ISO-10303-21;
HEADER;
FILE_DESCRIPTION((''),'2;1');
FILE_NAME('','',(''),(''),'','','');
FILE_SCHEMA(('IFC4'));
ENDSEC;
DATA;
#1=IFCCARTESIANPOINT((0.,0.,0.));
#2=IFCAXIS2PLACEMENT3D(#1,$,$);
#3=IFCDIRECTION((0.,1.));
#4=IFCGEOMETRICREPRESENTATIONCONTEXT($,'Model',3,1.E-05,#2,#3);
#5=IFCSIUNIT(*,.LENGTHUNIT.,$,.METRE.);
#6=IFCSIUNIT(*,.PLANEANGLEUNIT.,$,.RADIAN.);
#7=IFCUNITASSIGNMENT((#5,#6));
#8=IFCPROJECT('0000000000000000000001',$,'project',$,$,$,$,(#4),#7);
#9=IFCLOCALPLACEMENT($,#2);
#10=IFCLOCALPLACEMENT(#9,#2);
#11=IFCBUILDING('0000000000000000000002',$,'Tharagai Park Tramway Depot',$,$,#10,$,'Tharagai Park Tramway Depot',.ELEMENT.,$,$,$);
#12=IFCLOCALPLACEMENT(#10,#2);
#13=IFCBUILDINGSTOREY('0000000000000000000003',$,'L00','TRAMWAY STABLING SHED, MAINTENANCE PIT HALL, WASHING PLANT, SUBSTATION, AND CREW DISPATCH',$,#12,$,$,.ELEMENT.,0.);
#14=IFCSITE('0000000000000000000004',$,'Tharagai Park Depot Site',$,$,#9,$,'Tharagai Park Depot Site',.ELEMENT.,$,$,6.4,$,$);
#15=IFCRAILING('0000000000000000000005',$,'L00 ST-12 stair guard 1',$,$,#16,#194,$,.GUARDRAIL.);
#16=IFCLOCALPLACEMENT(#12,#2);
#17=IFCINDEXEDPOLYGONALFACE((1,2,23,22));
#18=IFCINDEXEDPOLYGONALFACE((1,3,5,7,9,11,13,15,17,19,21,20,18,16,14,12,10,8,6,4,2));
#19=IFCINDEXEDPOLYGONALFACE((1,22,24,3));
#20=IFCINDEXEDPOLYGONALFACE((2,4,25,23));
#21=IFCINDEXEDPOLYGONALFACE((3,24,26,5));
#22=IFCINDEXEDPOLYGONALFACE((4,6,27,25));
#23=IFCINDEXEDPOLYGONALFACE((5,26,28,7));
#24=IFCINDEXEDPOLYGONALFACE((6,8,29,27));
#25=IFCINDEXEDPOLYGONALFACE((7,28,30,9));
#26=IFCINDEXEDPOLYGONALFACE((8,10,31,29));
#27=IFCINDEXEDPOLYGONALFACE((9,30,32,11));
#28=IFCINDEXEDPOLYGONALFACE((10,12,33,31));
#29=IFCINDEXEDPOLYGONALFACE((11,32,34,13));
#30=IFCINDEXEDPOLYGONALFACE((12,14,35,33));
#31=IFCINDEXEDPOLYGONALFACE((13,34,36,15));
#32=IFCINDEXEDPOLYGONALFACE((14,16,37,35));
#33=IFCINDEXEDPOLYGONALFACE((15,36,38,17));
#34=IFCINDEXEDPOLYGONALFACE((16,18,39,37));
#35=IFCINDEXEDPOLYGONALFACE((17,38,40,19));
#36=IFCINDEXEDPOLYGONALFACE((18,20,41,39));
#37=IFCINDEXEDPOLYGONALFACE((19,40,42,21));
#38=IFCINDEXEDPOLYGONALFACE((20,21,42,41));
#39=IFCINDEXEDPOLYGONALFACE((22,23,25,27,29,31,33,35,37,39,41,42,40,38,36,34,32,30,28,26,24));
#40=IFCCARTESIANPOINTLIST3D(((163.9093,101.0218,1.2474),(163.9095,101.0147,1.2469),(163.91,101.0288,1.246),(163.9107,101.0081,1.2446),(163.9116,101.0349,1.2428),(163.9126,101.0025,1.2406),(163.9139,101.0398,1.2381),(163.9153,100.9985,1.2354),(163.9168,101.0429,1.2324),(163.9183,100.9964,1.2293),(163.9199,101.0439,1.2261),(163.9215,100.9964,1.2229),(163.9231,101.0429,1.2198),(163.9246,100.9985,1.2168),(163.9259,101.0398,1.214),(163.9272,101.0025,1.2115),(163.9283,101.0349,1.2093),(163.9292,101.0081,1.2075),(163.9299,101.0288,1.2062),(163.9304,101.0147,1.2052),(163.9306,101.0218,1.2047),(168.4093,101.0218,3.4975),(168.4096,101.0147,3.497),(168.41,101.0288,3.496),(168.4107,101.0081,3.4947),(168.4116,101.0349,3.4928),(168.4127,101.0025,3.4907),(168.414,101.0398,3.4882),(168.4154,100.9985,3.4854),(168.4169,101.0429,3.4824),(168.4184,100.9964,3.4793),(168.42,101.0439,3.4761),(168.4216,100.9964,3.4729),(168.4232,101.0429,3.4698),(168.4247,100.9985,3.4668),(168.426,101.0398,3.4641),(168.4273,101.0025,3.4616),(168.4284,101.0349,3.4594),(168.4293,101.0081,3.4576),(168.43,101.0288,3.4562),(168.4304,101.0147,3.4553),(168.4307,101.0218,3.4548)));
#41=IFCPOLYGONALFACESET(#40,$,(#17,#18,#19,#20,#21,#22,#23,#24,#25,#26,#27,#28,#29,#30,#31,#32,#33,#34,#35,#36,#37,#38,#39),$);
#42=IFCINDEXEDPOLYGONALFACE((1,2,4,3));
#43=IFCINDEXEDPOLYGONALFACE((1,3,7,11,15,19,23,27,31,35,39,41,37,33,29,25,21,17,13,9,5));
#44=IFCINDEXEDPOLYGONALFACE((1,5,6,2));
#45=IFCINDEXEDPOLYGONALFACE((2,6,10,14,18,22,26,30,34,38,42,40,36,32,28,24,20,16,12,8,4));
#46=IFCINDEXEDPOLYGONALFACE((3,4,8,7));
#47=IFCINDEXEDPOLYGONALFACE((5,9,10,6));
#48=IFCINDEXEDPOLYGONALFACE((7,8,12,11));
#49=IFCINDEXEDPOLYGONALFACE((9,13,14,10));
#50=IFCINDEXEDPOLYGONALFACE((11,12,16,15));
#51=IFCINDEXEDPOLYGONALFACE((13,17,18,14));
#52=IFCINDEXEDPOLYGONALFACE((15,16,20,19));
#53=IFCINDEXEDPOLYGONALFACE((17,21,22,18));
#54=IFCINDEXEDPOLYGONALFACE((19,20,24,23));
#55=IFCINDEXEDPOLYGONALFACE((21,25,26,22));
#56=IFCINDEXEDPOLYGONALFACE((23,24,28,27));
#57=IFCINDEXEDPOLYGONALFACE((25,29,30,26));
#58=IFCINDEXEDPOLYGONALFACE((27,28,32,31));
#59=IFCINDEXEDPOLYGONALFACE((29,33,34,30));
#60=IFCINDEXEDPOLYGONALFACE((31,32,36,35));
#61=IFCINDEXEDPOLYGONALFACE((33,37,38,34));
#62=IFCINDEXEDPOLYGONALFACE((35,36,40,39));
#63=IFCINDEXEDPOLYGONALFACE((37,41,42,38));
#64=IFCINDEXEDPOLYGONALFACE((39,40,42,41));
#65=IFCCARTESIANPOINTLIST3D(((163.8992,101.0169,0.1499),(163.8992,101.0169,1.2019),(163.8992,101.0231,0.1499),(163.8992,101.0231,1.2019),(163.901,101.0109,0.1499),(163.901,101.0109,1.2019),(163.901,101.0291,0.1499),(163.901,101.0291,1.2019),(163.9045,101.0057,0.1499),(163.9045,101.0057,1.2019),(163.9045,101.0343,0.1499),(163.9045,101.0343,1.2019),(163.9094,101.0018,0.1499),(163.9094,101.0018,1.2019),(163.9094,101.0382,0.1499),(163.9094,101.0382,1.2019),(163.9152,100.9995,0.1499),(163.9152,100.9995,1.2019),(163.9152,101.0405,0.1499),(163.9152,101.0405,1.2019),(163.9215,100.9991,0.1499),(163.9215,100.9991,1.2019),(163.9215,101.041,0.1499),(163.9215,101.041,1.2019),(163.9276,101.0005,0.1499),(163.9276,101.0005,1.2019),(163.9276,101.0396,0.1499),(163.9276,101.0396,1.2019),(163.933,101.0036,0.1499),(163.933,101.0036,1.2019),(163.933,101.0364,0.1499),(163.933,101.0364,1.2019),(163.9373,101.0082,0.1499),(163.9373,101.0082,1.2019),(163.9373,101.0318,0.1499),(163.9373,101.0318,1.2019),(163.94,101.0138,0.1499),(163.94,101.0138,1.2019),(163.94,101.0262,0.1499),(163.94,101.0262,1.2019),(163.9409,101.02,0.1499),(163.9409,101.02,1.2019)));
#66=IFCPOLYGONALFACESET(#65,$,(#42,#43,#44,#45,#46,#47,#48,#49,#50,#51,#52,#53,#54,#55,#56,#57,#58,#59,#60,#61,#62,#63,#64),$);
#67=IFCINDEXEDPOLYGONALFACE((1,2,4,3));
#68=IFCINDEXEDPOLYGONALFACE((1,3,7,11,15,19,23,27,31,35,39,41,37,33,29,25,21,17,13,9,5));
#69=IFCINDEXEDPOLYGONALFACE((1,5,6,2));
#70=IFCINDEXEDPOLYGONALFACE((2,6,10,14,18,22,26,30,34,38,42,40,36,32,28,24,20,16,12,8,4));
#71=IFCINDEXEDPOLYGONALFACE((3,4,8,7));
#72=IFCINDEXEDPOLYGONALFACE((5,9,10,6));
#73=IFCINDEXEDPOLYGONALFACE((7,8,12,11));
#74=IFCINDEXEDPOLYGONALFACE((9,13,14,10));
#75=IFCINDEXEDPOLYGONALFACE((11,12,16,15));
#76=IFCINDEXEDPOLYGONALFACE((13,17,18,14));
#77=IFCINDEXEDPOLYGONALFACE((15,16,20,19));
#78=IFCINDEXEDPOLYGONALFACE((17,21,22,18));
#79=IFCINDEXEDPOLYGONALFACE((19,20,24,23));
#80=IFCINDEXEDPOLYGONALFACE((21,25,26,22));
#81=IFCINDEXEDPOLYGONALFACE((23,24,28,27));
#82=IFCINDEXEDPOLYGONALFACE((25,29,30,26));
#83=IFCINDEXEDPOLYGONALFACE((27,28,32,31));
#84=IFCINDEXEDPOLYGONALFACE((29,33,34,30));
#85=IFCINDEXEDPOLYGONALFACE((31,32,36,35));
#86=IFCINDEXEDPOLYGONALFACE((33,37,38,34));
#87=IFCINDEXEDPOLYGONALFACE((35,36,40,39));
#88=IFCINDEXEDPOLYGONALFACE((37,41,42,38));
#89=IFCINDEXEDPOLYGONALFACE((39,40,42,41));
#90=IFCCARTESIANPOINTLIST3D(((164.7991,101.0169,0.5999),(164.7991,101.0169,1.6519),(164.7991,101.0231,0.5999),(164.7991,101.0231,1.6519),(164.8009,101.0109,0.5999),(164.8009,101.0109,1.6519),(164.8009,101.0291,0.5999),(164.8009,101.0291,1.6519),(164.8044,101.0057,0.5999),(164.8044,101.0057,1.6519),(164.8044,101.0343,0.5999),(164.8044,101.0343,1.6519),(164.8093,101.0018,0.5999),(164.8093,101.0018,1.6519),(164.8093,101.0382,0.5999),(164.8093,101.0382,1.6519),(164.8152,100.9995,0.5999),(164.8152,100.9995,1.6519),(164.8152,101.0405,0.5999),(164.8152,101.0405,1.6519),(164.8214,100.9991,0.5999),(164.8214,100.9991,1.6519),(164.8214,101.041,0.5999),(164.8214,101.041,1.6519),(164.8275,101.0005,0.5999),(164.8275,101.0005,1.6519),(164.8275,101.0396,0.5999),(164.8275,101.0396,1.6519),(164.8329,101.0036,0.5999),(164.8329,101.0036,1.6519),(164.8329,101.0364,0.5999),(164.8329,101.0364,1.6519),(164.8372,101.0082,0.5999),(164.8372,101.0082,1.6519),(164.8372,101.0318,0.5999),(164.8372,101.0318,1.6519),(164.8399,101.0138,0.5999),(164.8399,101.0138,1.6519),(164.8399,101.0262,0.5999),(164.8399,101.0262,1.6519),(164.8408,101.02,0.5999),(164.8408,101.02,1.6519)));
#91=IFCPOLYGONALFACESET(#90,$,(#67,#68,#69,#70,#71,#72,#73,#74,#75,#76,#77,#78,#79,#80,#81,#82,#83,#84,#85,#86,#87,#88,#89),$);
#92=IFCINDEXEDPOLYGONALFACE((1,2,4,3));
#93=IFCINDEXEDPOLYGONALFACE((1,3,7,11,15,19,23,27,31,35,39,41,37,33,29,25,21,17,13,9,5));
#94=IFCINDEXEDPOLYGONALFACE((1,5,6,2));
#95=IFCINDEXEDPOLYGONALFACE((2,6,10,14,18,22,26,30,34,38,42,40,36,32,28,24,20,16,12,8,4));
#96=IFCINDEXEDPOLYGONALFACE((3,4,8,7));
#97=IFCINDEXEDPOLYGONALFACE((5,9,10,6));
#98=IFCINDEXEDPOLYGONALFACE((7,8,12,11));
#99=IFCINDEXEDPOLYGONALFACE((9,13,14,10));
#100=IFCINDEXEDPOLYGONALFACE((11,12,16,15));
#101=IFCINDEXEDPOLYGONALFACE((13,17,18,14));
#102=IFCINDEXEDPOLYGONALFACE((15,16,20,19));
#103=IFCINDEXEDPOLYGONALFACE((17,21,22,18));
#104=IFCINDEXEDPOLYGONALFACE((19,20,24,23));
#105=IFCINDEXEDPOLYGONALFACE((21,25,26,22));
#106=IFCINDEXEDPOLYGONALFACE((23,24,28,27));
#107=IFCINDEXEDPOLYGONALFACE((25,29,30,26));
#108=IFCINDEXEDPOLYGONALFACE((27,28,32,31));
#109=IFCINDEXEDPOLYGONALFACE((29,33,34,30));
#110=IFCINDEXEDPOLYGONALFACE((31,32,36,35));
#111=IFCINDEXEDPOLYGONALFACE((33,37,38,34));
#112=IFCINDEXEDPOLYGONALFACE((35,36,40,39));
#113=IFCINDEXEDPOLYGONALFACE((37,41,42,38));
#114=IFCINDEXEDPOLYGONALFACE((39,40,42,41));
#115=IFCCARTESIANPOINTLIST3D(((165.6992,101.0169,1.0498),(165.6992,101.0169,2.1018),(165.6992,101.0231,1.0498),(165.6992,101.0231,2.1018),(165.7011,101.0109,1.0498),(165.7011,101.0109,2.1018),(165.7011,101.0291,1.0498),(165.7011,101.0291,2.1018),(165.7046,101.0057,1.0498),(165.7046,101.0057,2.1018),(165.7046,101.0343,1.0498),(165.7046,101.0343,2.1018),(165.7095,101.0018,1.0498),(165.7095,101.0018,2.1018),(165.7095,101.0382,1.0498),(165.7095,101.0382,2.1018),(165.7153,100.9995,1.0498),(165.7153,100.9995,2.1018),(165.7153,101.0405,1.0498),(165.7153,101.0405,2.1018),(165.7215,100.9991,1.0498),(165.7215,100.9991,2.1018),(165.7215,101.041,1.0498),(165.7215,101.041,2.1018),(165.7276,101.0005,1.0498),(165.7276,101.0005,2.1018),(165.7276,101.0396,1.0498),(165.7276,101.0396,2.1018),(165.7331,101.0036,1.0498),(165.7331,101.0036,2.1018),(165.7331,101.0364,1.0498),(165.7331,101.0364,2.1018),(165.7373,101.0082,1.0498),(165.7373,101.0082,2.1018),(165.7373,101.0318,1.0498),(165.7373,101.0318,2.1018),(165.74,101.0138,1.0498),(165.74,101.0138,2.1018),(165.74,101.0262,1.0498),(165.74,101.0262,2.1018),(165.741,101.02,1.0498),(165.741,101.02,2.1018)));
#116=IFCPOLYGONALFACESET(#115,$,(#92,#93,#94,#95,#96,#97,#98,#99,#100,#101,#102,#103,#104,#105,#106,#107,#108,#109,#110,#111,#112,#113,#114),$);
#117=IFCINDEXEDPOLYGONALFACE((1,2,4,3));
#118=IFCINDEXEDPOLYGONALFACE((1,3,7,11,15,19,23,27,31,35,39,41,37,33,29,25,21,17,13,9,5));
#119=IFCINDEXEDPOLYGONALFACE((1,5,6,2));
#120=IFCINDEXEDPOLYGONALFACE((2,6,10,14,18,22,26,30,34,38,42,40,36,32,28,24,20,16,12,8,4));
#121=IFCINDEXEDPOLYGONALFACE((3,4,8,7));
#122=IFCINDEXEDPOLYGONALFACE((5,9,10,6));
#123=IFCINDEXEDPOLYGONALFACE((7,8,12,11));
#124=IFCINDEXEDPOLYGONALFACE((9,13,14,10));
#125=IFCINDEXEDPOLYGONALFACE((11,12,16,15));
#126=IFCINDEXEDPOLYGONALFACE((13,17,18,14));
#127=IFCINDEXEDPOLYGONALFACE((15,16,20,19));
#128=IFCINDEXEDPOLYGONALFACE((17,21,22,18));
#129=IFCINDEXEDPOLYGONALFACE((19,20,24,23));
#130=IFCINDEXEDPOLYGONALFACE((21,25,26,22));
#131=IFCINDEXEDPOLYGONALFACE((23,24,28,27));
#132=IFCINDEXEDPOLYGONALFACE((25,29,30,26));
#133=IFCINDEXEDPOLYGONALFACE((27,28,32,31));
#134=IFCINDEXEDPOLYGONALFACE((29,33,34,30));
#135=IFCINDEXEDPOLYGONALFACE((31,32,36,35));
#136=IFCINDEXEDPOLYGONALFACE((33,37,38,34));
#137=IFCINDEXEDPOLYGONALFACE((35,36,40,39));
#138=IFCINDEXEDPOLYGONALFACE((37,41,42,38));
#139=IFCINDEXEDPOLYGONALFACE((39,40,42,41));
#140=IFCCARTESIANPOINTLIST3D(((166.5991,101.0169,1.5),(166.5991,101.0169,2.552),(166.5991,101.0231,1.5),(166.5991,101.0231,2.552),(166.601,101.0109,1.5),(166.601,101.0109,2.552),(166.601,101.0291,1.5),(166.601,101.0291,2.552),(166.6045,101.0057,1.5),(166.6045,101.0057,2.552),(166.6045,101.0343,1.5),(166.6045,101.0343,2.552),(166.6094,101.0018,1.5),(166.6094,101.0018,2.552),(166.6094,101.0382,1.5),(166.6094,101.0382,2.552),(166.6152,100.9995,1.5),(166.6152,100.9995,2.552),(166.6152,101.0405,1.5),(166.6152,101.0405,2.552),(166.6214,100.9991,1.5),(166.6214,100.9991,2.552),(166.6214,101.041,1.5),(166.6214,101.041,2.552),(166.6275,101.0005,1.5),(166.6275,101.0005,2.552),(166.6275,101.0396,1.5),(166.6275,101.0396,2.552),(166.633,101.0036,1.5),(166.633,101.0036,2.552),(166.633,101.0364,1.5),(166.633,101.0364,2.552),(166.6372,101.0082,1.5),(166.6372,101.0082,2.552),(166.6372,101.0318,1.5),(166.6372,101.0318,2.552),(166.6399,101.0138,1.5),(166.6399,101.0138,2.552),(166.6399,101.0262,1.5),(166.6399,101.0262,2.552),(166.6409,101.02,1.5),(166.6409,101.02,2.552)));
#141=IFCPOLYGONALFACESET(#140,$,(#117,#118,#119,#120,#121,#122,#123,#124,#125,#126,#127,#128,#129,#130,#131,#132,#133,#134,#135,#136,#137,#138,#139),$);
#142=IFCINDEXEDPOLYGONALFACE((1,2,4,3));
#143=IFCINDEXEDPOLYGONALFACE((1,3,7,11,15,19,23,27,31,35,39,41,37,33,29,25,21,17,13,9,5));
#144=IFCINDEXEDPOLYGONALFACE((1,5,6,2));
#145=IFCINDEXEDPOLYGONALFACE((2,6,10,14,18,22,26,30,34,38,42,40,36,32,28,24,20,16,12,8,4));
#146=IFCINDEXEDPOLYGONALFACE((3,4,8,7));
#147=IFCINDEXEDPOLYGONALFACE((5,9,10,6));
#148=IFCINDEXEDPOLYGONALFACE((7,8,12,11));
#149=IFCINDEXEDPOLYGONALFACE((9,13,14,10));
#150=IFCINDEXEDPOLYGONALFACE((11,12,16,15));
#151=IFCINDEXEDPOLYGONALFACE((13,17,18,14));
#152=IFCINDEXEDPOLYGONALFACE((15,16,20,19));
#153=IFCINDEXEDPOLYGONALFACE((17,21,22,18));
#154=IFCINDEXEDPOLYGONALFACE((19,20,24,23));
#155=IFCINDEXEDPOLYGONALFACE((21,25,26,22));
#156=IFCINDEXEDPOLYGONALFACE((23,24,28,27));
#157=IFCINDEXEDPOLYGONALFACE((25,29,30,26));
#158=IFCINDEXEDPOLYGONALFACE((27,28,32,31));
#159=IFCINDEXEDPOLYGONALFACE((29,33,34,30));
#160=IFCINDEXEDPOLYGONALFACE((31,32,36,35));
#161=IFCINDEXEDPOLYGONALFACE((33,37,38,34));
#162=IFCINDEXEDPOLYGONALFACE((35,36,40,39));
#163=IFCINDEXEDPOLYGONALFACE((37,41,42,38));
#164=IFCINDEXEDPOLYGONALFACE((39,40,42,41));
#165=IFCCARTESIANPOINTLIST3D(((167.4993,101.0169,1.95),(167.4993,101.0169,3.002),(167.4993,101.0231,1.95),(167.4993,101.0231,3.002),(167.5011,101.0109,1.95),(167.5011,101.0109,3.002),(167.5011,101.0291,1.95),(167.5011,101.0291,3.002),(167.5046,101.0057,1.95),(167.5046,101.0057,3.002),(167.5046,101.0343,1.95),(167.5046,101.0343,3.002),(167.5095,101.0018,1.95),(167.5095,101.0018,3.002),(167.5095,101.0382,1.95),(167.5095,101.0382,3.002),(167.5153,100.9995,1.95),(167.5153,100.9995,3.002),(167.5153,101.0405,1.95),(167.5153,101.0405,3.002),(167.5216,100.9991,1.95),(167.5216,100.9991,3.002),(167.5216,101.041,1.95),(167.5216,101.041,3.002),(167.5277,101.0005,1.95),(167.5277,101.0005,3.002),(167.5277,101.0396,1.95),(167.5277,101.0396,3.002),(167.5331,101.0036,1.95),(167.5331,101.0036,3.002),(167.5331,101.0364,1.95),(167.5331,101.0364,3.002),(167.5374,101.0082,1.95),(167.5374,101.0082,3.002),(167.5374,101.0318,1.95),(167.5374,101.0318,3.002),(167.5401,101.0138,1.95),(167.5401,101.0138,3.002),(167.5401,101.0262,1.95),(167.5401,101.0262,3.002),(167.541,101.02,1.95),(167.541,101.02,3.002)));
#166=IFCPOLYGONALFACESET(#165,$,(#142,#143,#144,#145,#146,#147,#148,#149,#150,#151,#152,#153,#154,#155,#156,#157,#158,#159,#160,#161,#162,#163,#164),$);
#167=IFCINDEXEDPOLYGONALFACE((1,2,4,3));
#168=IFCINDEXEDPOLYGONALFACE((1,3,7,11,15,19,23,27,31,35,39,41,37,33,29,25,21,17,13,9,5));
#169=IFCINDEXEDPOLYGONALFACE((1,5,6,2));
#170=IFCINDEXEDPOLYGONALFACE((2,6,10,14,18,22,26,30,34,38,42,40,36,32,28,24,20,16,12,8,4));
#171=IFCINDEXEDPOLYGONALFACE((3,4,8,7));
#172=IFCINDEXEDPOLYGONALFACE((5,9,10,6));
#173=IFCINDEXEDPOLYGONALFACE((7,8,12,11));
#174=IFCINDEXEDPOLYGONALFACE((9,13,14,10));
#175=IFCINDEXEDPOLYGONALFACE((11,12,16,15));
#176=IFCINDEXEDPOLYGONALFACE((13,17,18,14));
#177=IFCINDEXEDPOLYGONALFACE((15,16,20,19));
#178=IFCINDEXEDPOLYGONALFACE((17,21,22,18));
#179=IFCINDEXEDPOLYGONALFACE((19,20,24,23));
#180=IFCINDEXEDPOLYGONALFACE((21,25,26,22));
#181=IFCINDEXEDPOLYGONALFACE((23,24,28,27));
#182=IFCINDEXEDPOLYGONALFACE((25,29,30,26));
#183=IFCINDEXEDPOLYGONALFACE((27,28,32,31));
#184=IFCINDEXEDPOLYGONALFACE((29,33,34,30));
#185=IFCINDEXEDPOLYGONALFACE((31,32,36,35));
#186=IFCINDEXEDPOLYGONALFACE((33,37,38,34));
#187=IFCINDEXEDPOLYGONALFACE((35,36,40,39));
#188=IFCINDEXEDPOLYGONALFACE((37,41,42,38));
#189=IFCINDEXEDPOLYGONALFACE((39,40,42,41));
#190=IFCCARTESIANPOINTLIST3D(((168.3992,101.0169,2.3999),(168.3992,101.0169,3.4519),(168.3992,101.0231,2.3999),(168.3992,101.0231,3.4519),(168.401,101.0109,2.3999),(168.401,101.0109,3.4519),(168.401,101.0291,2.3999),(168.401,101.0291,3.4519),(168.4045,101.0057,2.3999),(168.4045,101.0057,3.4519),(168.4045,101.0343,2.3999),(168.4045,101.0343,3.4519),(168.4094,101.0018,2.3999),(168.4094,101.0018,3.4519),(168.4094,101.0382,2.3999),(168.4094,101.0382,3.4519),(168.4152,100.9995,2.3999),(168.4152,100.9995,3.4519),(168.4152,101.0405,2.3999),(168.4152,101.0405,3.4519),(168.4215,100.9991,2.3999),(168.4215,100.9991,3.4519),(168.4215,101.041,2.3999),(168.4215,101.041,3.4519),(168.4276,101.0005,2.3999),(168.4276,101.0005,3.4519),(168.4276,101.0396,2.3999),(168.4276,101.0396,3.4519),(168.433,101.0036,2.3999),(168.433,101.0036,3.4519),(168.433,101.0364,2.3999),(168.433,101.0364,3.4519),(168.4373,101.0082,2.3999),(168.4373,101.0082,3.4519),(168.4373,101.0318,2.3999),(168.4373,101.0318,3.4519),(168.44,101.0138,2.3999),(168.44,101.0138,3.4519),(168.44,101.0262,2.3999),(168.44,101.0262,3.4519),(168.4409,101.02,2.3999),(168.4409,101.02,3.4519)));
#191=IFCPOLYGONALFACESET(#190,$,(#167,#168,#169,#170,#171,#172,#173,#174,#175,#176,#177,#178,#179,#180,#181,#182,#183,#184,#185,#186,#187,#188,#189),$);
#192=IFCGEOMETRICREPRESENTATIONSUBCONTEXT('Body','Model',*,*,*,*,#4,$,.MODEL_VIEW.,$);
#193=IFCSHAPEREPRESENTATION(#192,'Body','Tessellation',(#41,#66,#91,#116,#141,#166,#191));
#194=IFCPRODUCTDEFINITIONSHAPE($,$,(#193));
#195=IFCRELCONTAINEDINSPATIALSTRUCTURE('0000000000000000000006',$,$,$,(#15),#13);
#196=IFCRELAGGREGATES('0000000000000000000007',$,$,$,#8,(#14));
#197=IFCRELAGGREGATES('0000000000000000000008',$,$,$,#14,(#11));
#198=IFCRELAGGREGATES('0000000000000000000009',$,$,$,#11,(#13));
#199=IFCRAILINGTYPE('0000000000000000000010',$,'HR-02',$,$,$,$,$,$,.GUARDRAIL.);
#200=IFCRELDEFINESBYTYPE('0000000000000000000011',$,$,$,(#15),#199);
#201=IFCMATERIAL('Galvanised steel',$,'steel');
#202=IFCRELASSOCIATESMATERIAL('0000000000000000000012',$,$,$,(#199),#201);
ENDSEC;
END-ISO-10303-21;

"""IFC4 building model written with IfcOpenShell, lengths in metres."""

from ifc_helpers import new_model, si_unit, direction, frame, origin, origin_2d, place, context, subcontext, project, spatial, circle, extrude, material, type_object, element, save


model = new_model("IFC4")

# Units and contexts
model_context = context("Model", 3, precision=1e-05, world=origin(), true_north=direction((0.0, 1.0)))
body_context = subcontext(model_context, "Body", "Model", "MODEL_VIEW")
ifc_project = project(units=[si_unit("LENGTHUNIT", "METRE"), si_unit("PLANEANGLEUNIT", "RADIAN")], contexts=[model_context])

# Site, building, storey
site_placement = place(None, origin())
site = spatial("IfcSite", under=ifc_project, at=site_placement, Name="Tharagai Park Depot Site", LongName="Tharagai Park Depot Site", CompositionType="ELEMENT", RefElevation=6.4)
building_placement = place(site_placement, origin())
building = spatial("IfcBuilding", under=site, at=building_placement, Name="Tharagai Park Tramway Depot", LongName="Tharagai Park Tramway Depot", CompositionType="ELEMENT")
storey_placement = place(building_placement, origin())
storey = spatial("IfcBuildingStorey", under=building, at=storey_placement, Name="L00", Description="TRAMWAY STABLING SHED, MAINTENANCE PIT HALL, WASHING PLANT, SUBSTATION, AND CREW DISPATCH", CompositionType="ELEMENT", Elevation=0.0)

# Shared definitions
ifc_material_1 = material(Name="Galvanised steel", Category="steel")

# Railing
railing_type_1 = type_object("IfcRailingType", Name="HR-02", PredefinedType="GUARDRAIL", material=ifc_material_1)
railing_1_placement = place(storey_placement, frame((163.9199, 101.02, 0.1499)))
element("IfcRailing", 1, at=railing_1_placement, inside=storey, type_object=railing_type_1, Name="L00 ST-12 stair guard 1", PredefinedType="GUARDRAIL", context=body_context, shape_type="SweptSolid", body=[
    extrude(circle(Radius=0.0239, at=origin_2d()), frame((0.0, 0.0, 1.0762), z_axis=(0.894427, 0.0, 0.447214), x_axis=(0.0, 1.0, 0.0)), (0.0, 0.0, 1.0), 5.0312),
    extrude(circle(Radius=0.021, at=origin_2d()), origin(), (0.0, 0.0, 1.0), 1.052),
    extrude(circle(Radius=0.021, at=origin_2d()), frame((0.8999, 0.0, 0.45)), (0.0, 0.0, 1.0), 1.052),
    extrude(circle(Radius=0.021, at=origin_2d()), frame((1.8, 0.0, 0.8999)), (0.0, 0.0, 1.0), 1.052),
    extrude(circle(Radius=0.021, at=origin_2d()), frame((2.7, 0.0, 1.3501)), (0.0, 0.0, 1.0), 1.052),
    extrude(circle(Radius=0.021, at=origin_2d()), frame((3.6001, 0.0, 1.8)), (0.0, 0.0, 1.0), 1.052),
    extrude(circle(Radius=0.021, at=origin_2d()), frame((4.5, 0.0, 2.25)), (0.0, 0.0, 1.0), 1.052),
])

save(model, "model.ifc")
